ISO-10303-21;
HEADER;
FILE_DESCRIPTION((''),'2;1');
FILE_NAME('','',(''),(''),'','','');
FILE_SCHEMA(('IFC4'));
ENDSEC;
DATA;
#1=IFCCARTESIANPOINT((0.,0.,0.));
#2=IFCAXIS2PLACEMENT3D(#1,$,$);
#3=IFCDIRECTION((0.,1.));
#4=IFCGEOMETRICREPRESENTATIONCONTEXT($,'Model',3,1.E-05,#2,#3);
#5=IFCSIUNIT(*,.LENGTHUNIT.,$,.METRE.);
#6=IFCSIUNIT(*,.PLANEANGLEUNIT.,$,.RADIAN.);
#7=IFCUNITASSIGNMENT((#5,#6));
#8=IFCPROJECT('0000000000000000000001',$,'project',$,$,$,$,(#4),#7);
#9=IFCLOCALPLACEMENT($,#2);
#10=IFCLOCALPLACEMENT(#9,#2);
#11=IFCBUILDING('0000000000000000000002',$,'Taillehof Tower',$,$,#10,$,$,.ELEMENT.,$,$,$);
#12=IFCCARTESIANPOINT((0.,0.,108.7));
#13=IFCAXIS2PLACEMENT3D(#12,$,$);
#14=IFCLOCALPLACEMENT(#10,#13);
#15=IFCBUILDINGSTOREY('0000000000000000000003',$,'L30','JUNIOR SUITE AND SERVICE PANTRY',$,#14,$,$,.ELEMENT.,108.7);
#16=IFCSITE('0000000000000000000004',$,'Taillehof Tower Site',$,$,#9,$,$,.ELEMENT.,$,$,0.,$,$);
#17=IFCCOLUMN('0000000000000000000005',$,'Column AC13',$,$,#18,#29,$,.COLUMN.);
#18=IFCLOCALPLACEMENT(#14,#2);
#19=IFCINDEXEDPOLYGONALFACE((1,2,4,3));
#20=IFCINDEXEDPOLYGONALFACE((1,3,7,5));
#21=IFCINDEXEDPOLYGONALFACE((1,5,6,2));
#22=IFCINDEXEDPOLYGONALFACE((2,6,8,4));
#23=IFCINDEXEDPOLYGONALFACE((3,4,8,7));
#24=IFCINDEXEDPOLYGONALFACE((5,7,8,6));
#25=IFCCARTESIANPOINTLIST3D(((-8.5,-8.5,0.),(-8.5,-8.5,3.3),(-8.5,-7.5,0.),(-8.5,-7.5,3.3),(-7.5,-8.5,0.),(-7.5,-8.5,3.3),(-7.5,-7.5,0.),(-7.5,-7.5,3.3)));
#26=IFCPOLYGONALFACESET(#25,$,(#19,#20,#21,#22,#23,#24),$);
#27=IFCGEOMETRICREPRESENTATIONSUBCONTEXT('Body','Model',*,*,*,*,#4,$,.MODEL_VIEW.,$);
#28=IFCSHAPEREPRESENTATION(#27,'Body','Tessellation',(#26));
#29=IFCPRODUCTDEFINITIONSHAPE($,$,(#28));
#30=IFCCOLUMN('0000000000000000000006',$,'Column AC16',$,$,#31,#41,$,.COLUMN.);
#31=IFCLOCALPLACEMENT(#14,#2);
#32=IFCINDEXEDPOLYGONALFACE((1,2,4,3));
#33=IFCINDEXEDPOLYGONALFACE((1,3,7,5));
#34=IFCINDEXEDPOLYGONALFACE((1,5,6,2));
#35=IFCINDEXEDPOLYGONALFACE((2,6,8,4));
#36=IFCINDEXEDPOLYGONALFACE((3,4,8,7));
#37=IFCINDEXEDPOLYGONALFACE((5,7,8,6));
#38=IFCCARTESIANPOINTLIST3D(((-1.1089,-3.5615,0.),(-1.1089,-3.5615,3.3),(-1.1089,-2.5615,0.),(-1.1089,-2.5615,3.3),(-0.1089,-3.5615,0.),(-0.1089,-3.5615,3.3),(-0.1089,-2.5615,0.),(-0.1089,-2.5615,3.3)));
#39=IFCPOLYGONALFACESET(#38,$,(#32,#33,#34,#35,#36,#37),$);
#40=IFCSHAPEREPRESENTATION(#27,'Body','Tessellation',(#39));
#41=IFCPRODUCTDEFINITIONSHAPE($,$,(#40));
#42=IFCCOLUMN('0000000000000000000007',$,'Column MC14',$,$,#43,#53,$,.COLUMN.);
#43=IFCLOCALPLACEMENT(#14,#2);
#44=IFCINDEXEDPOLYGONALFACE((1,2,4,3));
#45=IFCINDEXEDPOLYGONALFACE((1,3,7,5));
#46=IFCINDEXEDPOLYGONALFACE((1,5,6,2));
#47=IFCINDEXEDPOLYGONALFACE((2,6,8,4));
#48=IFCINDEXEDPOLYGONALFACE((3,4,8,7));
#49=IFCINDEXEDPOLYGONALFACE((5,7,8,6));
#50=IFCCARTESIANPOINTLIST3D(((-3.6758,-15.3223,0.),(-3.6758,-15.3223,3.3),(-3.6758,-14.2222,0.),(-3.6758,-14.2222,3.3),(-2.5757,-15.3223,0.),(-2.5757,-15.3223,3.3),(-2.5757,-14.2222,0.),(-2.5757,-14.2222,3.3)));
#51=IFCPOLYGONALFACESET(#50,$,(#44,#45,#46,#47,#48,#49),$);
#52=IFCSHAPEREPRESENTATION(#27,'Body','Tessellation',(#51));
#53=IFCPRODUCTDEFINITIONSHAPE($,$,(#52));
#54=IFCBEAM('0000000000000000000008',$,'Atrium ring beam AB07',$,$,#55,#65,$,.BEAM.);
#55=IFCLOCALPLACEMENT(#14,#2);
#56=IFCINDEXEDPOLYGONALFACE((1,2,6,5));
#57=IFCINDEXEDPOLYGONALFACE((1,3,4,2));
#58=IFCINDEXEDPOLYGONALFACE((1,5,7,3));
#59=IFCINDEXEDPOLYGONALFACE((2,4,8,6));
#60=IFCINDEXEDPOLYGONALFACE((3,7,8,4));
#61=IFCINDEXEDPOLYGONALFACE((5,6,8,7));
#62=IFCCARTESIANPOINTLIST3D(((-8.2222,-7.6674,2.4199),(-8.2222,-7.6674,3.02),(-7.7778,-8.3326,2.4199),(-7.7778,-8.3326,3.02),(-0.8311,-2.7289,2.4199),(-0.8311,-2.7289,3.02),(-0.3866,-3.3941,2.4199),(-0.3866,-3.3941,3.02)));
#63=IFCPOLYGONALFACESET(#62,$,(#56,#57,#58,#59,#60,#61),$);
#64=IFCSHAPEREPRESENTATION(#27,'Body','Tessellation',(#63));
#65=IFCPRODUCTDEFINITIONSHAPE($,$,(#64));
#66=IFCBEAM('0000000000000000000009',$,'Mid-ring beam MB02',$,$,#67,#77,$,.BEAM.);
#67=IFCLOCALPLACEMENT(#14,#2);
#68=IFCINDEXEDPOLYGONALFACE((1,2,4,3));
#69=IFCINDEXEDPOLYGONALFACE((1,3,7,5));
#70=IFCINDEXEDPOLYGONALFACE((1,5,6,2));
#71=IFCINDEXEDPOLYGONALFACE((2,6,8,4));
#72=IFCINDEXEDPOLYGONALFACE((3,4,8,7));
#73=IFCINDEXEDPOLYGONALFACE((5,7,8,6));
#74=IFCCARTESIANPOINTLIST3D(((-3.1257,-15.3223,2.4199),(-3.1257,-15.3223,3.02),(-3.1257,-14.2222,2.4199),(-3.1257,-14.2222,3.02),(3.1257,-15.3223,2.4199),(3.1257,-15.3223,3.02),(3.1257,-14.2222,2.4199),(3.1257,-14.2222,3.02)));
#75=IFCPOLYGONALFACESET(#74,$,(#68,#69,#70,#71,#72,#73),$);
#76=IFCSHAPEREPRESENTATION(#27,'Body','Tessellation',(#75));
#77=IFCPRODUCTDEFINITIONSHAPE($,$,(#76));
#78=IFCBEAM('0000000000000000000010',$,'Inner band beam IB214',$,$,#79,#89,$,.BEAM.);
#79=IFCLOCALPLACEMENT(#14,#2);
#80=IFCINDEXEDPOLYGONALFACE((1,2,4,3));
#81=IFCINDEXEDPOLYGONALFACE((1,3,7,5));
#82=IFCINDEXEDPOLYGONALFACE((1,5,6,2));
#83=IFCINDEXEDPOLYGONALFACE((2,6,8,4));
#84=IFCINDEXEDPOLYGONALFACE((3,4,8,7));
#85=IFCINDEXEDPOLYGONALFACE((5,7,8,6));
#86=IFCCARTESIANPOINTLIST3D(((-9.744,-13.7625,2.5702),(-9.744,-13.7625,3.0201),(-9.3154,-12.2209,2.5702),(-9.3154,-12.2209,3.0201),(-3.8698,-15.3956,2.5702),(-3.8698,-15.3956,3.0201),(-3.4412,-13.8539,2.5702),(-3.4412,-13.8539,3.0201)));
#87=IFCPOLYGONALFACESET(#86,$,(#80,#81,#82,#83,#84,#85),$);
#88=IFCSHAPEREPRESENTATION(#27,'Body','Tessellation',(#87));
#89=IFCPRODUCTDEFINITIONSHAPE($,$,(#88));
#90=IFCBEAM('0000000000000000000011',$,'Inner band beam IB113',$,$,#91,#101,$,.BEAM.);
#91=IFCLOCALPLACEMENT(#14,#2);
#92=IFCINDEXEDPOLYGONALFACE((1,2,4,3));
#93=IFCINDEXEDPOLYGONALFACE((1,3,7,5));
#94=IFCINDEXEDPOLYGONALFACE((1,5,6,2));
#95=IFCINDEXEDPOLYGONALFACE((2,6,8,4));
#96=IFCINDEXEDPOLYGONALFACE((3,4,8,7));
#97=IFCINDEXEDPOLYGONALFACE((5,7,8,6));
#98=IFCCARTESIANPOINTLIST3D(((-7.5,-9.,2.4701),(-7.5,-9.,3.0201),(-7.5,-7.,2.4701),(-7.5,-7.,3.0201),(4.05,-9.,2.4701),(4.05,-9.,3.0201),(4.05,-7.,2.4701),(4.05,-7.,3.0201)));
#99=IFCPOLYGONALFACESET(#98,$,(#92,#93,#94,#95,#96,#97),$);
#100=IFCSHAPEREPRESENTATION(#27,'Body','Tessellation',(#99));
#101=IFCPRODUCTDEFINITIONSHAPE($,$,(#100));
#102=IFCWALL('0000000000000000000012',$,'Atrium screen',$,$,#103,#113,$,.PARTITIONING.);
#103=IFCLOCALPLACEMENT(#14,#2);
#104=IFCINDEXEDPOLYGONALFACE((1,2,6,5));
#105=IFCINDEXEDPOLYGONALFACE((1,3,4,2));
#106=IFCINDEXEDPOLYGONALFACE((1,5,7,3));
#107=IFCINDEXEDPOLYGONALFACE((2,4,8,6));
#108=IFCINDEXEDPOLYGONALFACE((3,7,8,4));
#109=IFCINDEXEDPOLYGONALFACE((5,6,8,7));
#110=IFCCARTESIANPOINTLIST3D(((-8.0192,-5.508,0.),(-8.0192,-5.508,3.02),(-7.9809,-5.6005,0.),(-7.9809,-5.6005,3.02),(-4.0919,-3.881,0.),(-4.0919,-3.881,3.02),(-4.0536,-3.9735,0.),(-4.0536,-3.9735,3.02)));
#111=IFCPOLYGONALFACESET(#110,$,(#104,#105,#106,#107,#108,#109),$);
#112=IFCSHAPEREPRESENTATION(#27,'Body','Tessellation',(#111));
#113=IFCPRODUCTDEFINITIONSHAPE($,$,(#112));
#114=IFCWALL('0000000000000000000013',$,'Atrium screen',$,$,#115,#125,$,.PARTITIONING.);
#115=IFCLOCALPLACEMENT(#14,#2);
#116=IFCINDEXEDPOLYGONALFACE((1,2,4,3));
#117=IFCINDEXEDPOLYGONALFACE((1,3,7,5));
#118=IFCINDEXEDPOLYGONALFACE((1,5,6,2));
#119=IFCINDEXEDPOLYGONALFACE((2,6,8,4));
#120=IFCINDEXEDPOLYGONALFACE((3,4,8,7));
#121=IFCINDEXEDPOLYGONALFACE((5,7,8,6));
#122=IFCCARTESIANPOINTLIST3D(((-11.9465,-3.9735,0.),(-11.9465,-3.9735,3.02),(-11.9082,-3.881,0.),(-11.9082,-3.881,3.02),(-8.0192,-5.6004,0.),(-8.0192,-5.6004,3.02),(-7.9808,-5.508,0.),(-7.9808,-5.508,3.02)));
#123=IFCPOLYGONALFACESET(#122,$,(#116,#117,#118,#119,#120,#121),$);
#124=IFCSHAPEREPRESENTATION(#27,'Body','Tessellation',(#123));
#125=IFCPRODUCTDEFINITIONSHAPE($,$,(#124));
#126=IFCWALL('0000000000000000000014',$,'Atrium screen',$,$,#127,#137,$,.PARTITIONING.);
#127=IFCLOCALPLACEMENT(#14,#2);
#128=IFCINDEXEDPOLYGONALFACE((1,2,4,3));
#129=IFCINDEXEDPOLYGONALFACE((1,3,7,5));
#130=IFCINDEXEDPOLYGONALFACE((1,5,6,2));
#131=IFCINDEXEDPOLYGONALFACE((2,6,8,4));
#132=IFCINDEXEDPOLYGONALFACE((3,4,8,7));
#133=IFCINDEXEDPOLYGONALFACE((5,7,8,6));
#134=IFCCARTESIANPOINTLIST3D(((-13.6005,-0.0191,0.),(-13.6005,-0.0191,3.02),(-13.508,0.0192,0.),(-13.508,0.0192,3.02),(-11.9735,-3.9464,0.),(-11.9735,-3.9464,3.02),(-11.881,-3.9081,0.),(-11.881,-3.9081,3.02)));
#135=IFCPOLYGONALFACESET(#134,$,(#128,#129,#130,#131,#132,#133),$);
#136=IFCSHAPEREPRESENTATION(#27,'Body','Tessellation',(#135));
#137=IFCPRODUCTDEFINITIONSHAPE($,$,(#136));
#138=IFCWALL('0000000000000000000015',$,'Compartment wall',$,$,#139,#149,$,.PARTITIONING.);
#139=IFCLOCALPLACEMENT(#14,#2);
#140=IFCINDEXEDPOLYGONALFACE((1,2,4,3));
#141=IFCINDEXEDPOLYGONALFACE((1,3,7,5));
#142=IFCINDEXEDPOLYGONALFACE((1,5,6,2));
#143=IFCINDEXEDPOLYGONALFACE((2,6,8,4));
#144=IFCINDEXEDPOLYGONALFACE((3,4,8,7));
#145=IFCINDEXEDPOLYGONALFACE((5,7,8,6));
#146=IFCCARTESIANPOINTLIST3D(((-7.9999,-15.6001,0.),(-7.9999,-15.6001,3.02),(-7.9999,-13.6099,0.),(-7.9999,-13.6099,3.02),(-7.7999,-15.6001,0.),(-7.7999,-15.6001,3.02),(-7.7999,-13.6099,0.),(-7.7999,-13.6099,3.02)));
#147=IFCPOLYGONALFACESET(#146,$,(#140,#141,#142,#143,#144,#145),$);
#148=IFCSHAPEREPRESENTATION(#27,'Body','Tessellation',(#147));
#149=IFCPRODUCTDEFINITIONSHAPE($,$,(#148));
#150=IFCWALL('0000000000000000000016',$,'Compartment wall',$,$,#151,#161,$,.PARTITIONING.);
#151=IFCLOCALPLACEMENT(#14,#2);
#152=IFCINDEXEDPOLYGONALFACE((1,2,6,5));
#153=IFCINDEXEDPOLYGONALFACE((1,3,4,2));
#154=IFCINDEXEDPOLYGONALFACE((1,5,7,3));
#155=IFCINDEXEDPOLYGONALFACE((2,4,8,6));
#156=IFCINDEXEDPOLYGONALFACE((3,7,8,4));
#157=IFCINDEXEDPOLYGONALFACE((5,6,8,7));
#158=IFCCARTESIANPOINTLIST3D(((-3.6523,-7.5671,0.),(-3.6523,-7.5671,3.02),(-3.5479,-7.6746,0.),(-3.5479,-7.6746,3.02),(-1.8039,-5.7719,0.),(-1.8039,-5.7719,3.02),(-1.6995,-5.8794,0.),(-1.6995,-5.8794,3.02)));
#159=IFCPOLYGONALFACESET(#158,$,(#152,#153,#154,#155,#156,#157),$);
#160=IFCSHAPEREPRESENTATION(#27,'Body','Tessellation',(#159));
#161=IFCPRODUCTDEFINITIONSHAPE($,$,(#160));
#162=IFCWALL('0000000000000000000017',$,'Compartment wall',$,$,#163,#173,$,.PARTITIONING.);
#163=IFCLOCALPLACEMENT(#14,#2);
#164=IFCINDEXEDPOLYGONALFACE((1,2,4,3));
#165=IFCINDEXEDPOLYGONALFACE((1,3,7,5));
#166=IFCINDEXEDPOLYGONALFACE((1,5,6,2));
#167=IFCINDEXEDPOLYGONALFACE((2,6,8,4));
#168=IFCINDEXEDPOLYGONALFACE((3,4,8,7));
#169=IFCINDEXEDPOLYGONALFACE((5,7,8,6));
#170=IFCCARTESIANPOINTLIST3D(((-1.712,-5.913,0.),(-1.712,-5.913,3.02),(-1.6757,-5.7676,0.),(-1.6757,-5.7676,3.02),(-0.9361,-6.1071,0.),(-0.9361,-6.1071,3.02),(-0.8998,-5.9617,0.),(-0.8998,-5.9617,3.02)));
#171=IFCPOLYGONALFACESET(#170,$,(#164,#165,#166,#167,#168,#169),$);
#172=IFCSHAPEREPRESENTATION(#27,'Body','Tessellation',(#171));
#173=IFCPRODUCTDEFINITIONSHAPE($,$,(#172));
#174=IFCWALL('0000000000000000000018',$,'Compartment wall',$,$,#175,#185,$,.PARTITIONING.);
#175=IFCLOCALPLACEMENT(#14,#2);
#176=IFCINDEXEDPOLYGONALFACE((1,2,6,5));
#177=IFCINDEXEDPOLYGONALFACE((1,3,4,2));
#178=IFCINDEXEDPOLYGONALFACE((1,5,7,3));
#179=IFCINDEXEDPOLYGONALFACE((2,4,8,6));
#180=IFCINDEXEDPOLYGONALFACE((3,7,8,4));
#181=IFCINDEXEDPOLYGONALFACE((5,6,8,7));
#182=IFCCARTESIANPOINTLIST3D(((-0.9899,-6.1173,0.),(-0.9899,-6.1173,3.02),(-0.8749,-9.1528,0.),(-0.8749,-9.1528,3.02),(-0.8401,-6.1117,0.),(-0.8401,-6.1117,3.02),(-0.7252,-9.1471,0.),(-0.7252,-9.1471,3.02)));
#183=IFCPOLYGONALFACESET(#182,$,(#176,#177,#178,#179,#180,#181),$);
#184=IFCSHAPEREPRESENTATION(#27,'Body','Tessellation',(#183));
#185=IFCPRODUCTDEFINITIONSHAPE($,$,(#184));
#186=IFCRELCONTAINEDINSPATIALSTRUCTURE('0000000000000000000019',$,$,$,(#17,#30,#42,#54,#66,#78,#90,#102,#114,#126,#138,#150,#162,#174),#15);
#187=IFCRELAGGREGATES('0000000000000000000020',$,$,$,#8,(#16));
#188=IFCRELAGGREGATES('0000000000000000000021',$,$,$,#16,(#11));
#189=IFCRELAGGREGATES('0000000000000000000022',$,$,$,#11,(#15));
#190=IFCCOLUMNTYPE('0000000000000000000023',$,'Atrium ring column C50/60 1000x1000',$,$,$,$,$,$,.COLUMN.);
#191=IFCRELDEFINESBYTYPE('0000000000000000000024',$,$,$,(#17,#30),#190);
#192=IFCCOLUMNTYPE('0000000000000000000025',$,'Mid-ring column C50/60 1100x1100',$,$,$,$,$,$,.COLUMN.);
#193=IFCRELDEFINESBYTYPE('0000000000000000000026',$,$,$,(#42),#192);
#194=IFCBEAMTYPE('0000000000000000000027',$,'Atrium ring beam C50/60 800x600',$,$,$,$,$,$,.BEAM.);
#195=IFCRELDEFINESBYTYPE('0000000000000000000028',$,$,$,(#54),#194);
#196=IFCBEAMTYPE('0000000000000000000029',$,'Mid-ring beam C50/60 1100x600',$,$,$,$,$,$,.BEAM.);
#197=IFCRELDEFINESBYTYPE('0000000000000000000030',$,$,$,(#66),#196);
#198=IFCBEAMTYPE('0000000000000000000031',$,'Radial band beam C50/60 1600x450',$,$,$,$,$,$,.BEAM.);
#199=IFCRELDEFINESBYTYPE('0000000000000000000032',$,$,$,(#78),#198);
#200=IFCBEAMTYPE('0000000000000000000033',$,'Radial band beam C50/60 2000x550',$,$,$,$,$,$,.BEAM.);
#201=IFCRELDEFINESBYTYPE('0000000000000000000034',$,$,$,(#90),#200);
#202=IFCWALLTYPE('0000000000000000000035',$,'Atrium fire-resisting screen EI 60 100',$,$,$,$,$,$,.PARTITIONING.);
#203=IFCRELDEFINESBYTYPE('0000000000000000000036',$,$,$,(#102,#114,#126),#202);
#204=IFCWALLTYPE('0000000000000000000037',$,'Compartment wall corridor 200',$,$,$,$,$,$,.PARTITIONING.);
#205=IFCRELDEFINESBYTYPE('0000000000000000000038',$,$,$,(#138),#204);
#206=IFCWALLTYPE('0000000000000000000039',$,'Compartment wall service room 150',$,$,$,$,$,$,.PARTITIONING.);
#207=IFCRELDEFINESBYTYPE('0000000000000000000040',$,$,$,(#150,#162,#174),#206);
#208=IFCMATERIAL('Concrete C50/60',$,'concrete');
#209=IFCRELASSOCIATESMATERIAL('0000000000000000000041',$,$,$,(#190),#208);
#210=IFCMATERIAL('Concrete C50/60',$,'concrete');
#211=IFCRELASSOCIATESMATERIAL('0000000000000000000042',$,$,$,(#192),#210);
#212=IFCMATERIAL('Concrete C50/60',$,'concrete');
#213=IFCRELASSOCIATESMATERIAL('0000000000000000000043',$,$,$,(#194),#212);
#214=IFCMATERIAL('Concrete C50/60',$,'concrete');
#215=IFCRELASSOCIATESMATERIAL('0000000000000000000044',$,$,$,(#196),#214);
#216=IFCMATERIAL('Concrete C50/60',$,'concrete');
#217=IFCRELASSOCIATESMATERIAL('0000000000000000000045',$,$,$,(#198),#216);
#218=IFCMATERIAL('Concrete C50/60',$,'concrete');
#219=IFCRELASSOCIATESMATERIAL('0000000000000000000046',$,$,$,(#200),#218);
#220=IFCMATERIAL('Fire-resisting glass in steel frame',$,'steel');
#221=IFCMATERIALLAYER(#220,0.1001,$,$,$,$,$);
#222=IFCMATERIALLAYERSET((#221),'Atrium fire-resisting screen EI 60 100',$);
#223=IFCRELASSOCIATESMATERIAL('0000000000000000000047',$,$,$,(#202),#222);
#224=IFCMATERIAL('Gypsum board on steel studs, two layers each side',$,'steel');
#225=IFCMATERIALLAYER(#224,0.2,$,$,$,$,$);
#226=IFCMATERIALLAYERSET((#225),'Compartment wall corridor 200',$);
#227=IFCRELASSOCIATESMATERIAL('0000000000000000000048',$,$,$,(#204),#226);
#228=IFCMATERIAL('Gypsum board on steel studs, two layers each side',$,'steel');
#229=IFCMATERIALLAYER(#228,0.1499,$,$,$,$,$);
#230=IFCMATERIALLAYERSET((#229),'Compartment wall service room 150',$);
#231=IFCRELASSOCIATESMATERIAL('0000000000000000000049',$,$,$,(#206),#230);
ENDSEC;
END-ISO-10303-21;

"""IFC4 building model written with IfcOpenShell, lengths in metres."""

from ifc_helpers import new_model, si_unit, direction, frame, frame_2d, origin, origin_2d, place, context, subcontext, project, spatial, rectangle, extrude, material, layer, layer_set, material_profile, profile_set, type_object, element, save


model = new_model("IFC4")

# Units and contexts
model_context = context("Model", 3, precision=1e-05, world=origin(), true_north=direction((0.0, 1.0)))
body_context = subcontext(model_context, "Body", "Model", "MODEL_VIEW")
ifc_project = project(units=[si_unit("LENGTHUNIT", "METRE"), si_unit("PLANEANGLEUNIT", "RADIAN")], contexts=[model_context])

# Site, building, storey
site_placement = place(None, origin())
site = spatial("IfcSite", under=ifc_project, at=site_placement, Name="Taillehof Tower Site", CompositionType="ELEMENT", RefElevation=0.0)
building_placement = place(site_placement, origin())
building = spatial("IfcBuilding", under=site, at=building_placement, Name="Taillehof Tower", CompositionType="ELEMENT")
storey_placement = place(building_placement, frame((0.0, 0.0, 108.7)))
storey = spatial("IfcBuildingStorey", under=building, at=storey_placement, Name="L30", Description="JUNIOR SUITE AND SERVICE PANTRY", CompositionType="ELEMENT", Elevation=108.7)

# Columns
ifc_material_1 = material(Name="Concrete C50/60", Category="concrete")
ifc_material_profile_1 = material_profile(ifc_material_1, rectangle(XDim=1.0, YDim=1.0, at=origin_2d()), Name="RC 1000x1000")
ifc_profile_set_1 = profile_set([ifc_material_profile_1], Name="Concrete C50/60")
column_type_1 = type_object("IfcColumnType", Name="Atrium ring column C50/60 1000x1000", PredefinedType="COLUMN", material=ifc_profile_set_1)
for number, where, z_axis, x_axis, name in (
    (1, (-8.0, -8.0, 0.0), (0.0, 0.0, 1.0), (1.0, 0.0, 0.0), "Column AC13"),
    (2, (-0.6089, -3.0615, 0.0), (0.0, 0.0, 1.0), (1.0, 0.0, 0.0), "Column AC16"),
):
    element("IfcColumn", number, at=place(storey_placement, frame(where, z_axis=z_axis, x_axis=x_axis)), inside=storey, type_object=column_type_1, Name=name, PredefinedType="COLUMN", context=body_context, shape_type="SweptSolid", body=[
        extrude(rectangle(XDim=1.0, YDim=1.0, at=origin_2d()), origin(), (0.0, 0.0, 1.0), 3.3),
    ])
ifc_material_2 = material(Name="Concrete C50/60", Category="concrete")
ifc_material_profile_2 = material_profile(ifc_material_2, rectangle(XDim=1.1001, YDim=1.1001, at=origin_2d()), Name="RC 1100x1100")
ifc_profile_set_2 = profile_set([ifc_material_profile_2], Name="Concrete C50/60")
column_type_2 = type_object("IfcColumnType", Name="Mid-ring column C50/60 1100x1100", PredefinedType="COLUMN", material=ifc_profile_set_2)
column_placement = place(storey_placement, frame((-3.1257, -14.7722, 0.0), z_axis=(0.0, 0.0, 1.0), x_axis=(1.0, 0.0, 0.0)))
element("IfcColumn", 3, at=column_placement, inside=storey, type_object=column_type_2, Name="Column MC14", PredefinedType="COLUMN", context=body_context, shape_type="SweptSolid", body=[
    extrude(rectangle(XDim=1.1001, YDim=1.1001, at=origin_2d()), origin(), (0.0, 0.0, 1.0), 3.3),
])

# Beams
ifc_material_3 = material(Name="Concrete C50/60", Category="concrete")
ifc_material_profile_3 = material_profile(ifc_material_3, rectangle(XDim=0.8, YDim=0.6001, at=origin_2d()), Name="RC 800x600")
ifc_profile_set_3 = profile_set([ifc_material_profile_3], Name="Concrete C50/60")
beam_type_1 = type_object("IfcBeamType", Name="Atrium ring beam C50/60 800x600", PredefinedType="BEAM", material=ifc_profile_set_3)
beam_1_placement = place(storey_placement, frame((-8.0, -8.0, 2.72), z_axis=(0.831475, 0.555562, 0.0), x_axis=(-0.555562, 0.831475, 0.0)))
element("IfcBeam", 4, at=beam_1_placement, inside=storey, type_object=beam_type_1, Name="Atrium ring beam AB07", PredefinedType="BEAM", context=body_context, shape_type="SweptSolid", body=[
    extrude(rectangle(XDim=0.8, YDim=0.6001, at=origin_2d()), origin(), (0.0, 0.0, 1.0), 8.8892),
])
ifc_material_4 = material(Name="Concrete C50/60", Category="concrete")
ifc_material_profile_4 = material_profile(ifc_material_4, rectangle(XDim=1.1001, YDim=0.6001, at=origin_2d()), Name="RC 1100x600")
ifc_profile_set_4 = profile_set([ifc_material_profile_4], Name="Concrete C50/60")
beam_type_2 = type_object("IfcBeamType", Name="Mid-ring beam C50/60 1100x600", PredefinedType="BEAM", material=ifc_profile_set_4)
beam_2_placement = place(storey_placement, frame((-3.1257, -14.7722, 2.72), z_axis=(1.0, 0.0, 0.0), x_axis=(0.0, 1.0, 0.0)))
element("IfcBeam", 5, at=beam_2_placement, inside=storey, type_object=beam_type_2, Name="Mid-ring beam MB02", PredefinedType="BEAM", context=body_context, shape_type="SweptSolid", body=[
    extrude(rectangle(XDim=1.1001, YDim=0.6001, at=origin_2d()), origin(), (0.0, 0.0, 1.0), 6.2515),
])
ifc_material_5 = material(Name="Concrete C50/60", Category="concrete")
ifc_material_profile_5 = material_profile(ifc_material_5, rectangle(XDim=1.6001, YDim=0.45, at=origin_2d()), Name="RC 1600x450")
ifc_profile_set_5 = profile_set([ifc_material_profile_5], Name="Concrete C50/60")
beam_type_3 = type_object("IfcBeamType", Name="Radial band beam C50/60 1600x450", PredefinedType="BEAM", material=ifc_profile_set_5)
beam_3_placement = place(storey_placement, frame((-3.6555, -14.6248, 2.7952), z_axis=(-0.963459, 0.267855, 0.0), x_axis=(-0.267855, -0.963459, 0.0)))
element("IfcBeam", 6, at=beam_3_placement, inside=storey, type_object=beam_type_3, Name="Inner band beam IB214", PredefinedType="BEAM", context=body_context, shape_type="SweptSolid", body=[
    extrude(rectangle(XDim=1.6001, YDim=0.45, at=origin_2d()), origin(), (0.0, 0.0, 1.0), 6.0969),
])
ifc_material_6 = material(Name="Concrete C50/60", Category="concrete")
ifc_material_profile_6 = material_profile(ifc_material_6, rectangle(XDim=2.0, YDim=0.55, at=origin_2d()), Name="RC 2000x550")
ifc_profile_set_6 = profile_set([ifc_material_profile_6], Name="Concrete C50/60")
beam_type_4 = type_object("IfcBeamType", Name="Radial band beam C50/60 2000x550", PredefinedType="BEAM", material=ifc_profile_set_6)
beam_4_placement = place(storey_placement, frame((-7.5, -8.0, 2.7451), z_axis=(1.0, 0.0, 0.0), x_axis=(0.0, 1.0, 0.0)))
element("IfcBeam", 7, at=beam_4_placement, inside=storey, type_object=beam_type_4, Name="Inner band beam IB113", PredefinedType="BEAM", context=body_context, shape_type="SweptSolid", body=[
    extrude(rectangle(XDim=2.0, YDim=0.55, at=origin_2d()), origin(), (0.0, 0.0, 1.0), 11.55),
])

# Walls
ifc_material_7 = material(Name="Fire-resisting glass in steel frame", Category="steel")
ifc_layer_1 = layer(ifc_material_7, 0.1001)
ifc_layer_set_1 = layer_set([ifc_layer_1], Name="Atrium fire-resisting screen EI 60 100")
wall_type_1 = type_object("IfcWallType", Name="Atrium fire-resisting screen EI 60 100", PredefinedType="PARTITIONING", material=ifc_layer_set_1)
for number, where, z_axis, x_axis, name in (
    (8, (-4.0728, -3.9272, 0.0), (0.0, 0.0, 1.0), (-0.92386, -0.382731, 0.0), "Atrium screen"),
    (9, (-8.0, -5.5542, 0.0), (0.0, 0.0, 1.0), (-0.92386, 0.382731, 0.0), "Atrium screen"),
    (10, (-11.9272, -3.9272, 0.0), (0.0, 0.0, 1.0), (-0.382731, 0.92386, 0.0), "Atrium screen"),
):
    element("IfcWall", number, at=place(storey_placement, frame(where, z_axis=z_axis, x_axis=x_axis)), inside=storey, type_object=wall_type_1, Name=name, PredefinedType="PARTITIONING", context=body_context, shape_type="SweptSolid", body=[
        extrude(rectangle(XDim=4.251, YDim=0.1001, at=frame_2d((2.1255, 0.0))), origin(), (0.0, 0.0, 1.0), 3.02),
    ])
ifc_material_8 = material(Name="Gypsum board on steel studs, two layers each side", Category="steel")
ifc_layer_2 = layer(ifc_material_8, 0.2)
ifc_layer_set_2 = layer_set([ifc_layer_2], Name="Compartment wall corridor 200")
wall_type_2 = type_object("IfcWallType", Name="Compartment wall corridor 200", PredefinedType="PARTITIONING", material=ifc_layer_set_2)
wall_1_placement = place(storey_placement, frame((-7.8999, -13.6099, 0.0), z_axis=(0.0, 0.0, 1.0), x_axis=(0.0, -1.0, 0.0)))
element("IfcWall", 11, at=wall_1_placement, inside=storey, type_object=wall_type_2, Name="Compartment wall", PredefinedType="PARTITIONING", context=body_context, shape_type="SweptSolid", body=[
    extrude(rectangle(XDim=1.9902, YDim=0.2, at=frame_2d((0.9951, 0.0))), origin(), (0.0, 0.0, 1.0), 3.02),
])
ifc_material_9 = material(Name="Gypsum board on steel studs, two layers each side", Category="steel")
ifc_layer_3 = layer(ifc_material_9, 0.1499)
ifc_layer_set_3 = layer_set([ifc_layer_3], Name="Compartment wall service room 150")
wall_type_3 = type_object("IfcWallType", Name="Compartment wall service room 150", PredefinedType="PARTITIONING", material=ifc_layer_set_3)
wall_2_placement = place(storey_placement, frame((-3.6001, -7.6208, 0.0), z_axis=(0.0, 0.0, 1.0), x_axis=(0.717359, 0.696704, 0.0)))
element("IfcWall", 12, at=wall_2_placement, inside=storey, type_object=wall_type_3, Name="Compartment wall", PredefinedType="PARTITIONING", context=body_context, shape_type="SweptSolid", body=[
    extrude(rectangle(XDim=2.5767, YDim=0.1499, at=frame_2d((1.2883, 0.0))), origin(), (0.0, 0.0, 1.0), 3.02),
])
wall_3_placement = place(storey_placement, frame((-1.6938, -5.8403, 0.0), z_axis=(0.0, 0.0, 1.0), x_axis=(0.970107, -0.242679, 0.0)))
element("IfcWall", 13, at=wall_3_placement, inside=storey, type_object=wall_type_3, Name="Compartment wall", PredefinedType="PARTITIONING", context=body_context, shape_type="SweptSolid", body=[
    extrude(rectangle(XDim=0.7998, YDim=0.1499, at=frame_2d((0.3999, 0.0))), origin(), (0.0, 0.0, 1.0), 3.02),
])
wall_4_placement = place(storey_placement, frame((-0.915, -6.1145, 0.0), z_axis=(0.0, 0.0, 1.0), x_axis=(0.037856, -0.999283, 0.0)))
element("IfcWall", 14, at=wall_4_placement, inside=storey, type_object=wall_type_3, Name="Compartment wall", PredefinedType="PARTITIONING", context=body_context, shape_type="SweptSolid", body=[
    extrude(rectangle(XDim=3.0376, YDim=0.1499, at=frame_2d((1.5188, 0.0))), origin(), (0.0, 0.0, 1.0), 3.02),
])

save(model, "model.ifc")
